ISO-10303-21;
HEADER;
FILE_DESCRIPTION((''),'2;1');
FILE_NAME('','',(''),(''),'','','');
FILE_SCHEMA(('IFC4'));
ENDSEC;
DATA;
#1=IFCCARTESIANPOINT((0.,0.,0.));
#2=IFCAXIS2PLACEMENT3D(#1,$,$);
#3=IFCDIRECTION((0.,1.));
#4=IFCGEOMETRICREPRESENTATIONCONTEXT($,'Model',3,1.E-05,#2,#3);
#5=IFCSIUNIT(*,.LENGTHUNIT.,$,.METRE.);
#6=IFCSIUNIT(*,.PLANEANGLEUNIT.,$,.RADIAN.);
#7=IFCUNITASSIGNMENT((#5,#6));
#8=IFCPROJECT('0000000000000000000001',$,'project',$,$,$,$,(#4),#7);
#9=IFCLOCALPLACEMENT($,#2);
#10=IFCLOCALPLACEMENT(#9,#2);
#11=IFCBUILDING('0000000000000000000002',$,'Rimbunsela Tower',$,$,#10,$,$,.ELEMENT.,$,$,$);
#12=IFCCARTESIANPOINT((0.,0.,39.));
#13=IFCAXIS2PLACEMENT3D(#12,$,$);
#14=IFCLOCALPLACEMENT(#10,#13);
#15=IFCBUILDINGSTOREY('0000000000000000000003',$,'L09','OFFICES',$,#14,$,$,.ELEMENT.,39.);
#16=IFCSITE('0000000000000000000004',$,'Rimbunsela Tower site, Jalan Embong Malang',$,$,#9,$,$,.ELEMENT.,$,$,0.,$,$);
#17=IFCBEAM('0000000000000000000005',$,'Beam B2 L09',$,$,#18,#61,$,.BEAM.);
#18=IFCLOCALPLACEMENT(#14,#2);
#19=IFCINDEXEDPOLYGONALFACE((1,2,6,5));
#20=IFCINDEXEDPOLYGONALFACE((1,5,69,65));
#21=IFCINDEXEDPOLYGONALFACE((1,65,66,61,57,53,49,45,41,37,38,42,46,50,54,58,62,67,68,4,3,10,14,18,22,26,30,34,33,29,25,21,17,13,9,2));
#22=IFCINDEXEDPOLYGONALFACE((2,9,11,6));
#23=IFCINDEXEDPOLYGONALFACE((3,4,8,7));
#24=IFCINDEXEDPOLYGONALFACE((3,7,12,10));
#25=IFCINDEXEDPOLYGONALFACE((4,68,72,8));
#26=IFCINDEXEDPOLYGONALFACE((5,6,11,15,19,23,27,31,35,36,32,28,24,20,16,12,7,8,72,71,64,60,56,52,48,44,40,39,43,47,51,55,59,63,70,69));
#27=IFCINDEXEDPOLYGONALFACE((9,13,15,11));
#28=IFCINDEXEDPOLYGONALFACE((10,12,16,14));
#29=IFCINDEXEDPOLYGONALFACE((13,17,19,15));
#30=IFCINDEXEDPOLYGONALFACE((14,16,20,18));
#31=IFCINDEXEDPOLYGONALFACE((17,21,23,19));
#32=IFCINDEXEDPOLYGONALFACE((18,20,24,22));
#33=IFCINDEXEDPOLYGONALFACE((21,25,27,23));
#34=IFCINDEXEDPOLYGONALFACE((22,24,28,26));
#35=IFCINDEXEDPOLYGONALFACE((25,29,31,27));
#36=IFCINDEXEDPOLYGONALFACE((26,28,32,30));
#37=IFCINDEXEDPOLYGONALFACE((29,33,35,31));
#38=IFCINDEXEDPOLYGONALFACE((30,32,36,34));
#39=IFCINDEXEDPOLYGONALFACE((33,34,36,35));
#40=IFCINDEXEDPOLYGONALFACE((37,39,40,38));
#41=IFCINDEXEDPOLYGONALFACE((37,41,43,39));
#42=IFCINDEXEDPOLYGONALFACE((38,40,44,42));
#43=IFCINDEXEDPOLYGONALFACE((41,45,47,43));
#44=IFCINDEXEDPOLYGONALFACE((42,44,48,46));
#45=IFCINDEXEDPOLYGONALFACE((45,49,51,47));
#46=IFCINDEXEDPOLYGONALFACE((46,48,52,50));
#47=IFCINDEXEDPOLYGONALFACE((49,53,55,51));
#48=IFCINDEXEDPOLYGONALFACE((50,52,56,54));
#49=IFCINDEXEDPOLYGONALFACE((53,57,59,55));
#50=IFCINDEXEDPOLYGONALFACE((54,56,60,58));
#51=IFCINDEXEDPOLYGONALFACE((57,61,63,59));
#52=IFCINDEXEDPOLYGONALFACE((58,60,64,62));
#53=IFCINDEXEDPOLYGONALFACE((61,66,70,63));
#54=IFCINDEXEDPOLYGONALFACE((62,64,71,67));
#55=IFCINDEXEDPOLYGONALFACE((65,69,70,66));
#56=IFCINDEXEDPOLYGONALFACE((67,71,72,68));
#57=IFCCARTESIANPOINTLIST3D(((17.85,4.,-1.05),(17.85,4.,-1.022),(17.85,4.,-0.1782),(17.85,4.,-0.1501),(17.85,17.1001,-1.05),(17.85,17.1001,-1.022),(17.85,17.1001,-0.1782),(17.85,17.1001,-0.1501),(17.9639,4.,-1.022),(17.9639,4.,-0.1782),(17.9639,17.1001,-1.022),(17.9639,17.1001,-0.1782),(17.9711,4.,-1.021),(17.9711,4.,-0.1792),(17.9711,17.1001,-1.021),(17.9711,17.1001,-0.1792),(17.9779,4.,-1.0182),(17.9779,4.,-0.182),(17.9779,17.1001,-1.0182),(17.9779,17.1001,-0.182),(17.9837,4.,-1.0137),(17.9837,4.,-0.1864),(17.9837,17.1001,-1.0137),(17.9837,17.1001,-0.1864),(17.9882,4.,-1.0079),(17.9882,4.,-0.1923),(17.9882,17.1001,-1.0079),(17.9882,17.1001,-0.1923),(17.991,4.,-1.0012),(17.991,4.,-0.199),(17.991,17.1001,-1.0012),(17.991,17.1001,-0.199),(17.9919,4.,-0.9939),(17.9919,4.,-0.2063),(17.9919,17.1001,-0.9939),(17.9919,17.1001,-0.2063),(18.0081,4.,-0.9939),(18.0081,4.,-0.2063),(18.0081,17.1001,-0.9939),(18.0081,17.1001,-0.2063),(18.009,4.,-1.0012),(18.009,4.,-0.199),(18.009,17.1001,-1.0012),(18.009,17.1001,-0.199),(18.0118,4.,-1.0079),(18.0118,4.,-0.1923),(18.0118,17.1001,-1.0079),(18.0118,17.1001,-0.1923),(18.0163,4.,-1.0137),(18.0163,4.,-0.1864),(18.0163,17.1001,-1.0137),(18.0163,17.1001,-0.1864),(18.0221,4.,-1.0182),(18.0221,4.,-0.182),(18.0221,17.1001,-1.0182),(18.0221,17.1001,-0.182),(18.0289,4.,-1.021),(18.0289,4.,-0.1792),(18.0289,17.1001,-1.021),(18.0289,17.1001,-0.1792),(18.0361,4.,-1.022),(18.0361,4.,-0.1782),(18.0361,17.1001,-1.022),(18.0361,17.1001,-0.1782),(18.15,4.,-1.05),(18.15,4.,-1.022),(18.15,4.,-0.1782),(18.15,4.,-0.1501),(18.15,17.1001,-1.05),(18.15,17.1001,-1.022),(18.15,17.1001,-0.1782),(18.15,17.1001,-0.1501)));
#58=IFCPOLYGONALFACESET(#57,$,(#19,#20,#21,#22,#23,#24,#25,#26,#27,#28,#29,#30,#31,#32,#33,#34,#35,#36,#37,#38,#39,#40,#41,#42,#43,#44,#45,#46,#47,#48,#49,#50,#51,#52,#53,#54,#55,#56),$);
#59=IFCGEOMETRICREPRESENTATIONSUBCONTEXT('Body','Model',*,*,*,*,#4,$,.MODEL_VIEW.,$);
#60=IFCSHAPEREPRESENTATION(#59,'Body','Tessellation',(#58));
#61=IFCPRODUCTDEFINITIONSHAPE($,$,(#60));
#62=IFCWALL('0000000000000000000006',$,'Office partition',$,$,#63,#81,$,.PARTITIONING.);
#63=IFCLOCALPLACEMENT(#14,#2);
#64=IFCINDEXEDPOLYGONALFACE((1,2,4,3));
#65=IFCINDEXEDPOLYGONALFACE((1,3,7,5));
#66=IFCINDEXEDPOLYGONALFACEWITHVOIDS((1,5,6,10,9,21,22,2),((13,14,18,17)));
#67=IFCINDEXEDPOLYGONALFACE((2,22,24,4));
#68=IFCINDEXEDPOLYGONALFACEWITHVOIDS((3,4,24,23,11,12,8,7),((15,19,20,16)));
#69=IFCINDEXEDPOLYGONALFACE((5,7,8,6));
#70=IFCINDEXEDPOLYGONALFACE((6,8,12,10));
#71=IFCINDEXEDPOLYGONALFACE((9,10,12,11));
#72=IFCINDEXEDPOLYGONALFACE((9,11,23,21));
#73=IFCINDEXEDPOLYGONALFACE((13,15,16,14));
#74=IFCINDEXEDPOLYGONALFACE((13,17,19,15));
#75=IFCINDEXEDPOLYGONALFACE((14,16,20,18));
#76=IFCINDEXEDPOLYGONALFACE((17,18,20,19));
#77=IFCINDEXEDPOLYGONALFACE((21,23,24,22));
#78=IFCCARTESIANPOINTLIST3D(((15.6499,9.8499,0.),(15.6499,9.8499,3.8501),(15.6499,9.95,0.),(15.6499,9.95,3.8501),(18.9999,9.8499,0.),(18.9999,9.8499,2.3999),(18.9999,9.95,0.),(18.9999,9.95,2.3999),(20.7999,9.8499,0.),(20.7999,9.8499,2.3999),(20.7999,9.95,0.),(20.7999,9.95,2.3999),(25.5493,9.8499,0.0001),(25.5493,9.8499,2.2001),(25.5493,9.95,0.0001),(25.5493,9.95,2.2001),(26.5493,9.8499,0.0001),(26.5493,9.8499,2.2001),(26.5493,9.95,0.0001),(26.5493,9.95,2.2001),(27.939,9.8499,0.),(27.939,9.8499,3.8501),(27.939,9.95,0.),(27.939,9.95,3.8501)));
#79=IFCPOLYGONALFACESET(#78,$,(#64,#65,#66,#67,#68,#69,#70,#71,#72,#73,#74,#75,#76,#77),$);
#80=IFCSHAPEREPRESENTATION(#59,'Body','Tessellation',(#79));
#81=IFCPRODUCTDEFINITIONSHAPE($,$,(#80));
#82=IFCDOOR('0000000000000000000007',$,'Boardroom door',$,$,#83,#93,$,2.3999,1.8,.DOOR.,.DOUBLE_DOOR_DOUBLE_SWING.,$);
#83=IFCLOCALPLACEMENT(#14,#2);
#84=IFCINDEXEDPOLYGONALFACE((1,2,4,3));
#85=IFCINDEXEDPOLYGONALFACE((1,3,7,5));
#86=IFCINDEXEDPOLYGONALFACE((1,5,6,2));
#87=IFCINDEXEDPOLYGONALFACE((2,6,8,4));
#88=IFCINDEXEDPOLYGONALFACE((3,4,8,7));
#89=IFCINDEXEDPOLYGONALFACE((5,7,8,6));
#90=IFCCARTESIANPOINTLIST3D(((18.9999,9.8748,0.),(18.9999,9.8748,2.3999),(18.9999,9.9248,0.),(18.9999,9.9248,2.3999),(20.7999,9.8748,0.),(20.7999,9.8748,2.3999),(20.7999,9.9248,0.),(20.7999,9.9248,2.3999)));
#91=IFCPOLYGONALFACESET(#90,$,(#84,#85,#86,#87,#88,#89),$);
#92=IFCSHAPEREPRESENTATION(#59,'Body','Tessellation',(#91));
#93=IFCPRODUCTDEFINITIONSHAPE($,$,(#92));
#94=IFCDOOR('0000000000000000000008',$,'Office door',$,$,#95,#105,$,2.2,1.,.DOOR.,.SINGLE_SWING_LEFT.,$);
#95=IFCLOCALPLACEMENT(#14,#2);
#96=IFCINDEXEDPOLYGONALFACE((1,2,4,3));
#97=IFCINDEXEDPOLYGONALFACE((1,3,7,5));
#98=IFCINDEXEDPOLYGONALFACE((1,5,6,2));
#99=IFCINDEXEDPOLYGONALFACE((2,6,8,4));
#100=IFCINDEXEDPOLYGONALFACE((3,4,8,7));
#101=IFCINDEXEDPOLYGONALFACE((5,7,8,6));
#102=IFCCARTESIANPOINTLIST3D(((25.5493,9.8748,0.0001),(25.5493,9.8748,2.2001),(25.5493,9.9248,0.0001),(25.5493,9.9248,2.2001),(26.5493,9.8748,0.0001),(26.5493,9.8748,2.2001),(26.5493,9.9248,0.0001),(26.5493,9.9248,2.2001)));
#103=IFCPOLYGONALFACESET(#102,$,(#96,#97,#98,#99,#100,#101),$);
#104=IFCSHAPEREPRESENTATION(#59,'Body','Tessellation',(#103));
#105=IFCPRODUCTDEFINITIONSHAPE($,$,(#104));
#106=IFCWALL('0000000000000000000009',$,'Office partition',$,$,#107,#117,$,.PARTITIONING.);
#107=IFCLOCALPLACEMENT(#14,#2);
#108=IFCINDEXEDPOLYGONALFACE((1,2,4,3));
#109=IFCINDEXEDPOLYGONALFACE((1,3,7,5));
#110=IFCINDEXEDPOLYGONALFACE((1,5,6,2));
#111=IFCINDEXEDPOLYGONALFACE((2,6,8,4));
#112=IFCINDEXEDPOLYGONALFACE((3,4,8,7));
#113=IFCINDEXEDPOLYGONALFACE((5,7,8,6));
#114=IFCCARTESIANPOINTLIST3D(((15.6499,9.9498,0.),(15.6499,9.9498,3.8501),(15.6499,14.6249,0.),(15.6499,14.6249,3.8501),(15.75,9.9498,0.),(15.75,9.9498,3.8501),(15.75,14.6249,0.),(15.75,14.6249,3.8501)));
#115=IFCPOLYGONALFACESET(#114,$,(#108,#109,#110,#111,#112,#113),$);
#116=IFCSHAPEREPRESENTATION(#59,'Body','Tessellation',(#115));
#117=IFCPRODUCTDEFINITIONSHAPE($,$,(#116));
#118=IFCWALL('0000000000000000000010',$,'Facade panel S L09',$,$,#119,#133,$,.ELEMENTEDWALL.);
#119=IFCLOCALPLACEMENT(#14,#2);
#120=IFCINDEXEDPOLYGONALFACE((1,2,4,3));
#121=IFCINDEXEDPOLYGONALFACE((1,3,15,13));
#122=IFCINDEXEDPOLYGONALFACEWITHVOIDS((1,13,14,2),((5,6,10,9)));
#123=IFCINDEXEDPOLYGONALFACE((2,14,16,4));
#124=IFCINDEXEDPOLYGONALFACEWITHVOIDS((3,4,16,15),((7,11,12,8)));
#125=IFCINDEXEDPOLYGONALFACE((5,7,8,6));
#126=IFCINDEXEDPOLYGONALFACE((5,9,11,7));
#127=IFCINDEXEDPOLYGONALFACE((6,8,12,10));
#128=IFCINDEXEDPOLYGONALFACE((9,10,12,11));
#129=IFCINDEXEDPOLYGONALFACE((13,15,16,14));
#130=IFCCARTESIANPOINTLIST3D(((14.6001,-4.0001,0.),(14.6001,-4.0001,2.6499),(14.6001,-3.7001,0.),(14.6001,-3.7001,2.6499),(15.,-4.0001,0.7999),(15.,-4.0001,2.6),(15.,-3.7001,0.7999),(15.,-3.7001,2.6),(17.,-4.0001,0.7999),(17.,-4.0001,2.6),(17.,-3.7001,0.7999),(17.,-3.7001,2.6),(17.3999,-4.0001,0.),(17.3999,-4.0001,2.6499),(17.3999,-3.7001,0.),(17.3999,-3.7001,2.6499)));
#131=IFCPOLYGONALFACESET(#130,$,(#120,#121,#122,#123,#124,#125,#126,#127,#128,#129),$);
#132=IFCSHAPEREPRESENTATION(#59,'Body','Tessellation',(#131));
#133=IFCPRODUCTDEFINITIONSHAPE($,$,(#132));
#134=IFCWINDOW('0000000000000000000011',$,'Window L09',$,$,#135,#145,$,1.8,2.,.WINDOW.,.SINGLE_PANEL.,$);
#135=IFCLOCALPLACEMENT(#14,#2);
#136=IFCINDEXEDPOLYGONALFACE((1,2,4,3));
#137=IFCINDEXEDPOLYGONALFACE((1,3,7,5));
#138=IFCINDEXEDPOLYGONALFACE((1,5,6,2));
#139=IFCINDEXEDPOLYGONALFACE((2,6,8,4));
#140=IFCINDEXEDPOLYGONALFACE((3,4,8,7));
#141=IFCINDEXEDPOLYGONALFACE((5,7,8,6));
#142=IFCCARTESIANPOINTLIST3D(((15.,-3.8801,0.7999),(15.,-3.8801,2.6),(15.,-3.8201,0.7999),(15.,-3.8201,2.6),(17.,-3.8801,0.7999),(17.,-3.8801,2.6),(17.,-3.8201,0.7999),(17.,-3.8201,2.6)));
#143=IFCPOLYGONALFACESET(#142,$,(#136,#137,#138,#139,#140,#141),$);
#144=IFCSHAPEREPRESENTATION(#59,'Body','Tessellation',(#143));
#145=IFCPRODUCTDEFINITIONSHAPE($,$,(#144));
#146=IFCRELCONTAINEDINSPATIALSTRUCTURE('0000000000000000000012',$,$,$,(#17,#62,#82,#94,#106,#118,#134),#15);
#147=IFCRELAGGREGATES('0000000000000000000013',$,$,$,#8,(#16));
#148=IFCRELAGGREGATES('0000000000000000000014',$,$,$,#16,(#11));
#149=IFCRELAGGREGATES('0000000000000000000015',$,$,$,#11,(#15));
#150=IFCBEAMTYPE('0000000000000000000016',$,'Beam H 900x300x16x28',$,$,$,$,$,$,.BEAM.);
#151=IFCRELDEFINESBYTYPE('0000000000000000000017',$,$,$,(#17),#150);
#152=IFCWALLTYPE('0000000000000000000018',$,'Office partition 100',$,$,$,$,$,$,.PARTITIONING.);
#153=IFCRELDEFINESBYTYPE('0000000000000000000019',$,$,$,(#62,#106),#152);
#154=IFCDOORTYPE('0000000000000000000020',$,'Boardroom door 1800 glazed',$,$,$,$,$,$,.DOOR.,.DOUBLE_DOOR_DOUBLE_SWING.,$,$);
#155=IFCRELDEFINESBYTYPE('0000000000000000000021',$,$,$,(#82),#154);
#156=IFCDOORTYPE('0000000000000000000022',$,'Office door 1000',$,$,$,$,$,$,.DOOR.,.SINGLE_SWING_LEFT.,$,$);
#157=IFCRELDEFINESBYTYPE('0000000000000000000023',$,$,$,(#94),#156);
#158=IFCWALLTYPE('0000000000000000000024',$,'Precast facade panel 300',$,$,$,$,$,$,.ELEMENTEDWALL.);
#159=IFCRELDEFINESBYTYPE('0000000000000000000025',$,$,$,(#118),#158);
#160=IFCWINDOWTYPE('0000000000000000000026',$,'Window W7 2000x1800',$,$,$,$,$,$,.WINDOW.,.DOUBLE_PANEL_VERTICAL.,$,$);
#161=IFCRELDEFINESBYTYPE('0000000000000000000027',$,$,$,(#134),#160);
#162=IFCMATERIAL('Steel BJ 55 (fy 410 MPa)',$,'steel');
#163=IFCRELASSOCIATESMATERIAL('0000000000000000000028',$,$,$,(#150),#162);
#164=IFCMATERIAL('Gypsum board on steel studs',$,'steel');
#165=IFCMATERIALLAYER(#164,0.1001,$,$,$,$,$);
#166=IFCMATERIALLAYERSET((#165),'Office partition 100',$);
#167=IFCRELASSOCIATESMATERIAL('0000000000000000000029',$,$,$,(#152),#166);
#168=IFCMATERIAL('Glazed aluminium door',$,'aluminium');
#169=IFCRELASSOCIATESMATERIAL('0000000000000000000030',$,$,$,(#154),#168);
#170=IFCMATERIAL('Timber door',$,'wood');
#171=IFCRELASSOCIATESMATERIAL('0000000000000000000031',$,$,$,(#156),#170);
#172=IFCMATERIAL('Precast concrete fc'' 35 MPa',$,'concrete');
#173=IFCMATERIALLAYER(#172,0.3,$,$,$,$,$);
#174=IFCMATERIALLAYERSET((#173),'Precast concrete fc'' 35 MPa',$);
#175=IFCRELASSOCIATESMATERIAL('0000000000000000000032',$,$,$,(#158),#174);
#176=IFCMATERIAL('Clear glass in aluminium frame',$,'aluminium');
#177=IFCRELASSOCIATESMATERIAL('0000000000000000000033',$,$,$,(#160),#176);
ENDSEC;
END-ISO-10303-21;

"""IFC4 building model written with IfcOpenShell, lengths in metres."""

from ifc_helpers import new_model, si_unit, direction, frame, frame_2d, origin, origin_2d, place, context, subcontext, project, spatial, rectangle, i_section, extrude, material, layer, layer_set, material_profile, profile_set, type_object, element, fill, save


model = new_model("IFC4")

# Units and contexts
model_context = context("Model", 3, precision=1e-05, world=origin(), true_north=direction((0.0, 1.0)))
body_context = subcontext(model_context, "Body", "Model", "MODEL_VIEW")
ifc_project = project(units=[si_unit("LENGTHUNIT", "METRE"), si_unit("PLANEANGLEUNIT", "RADIAN")], contexts=[model_context])

# Site, building, storey
site_placement = place(None, origin())
site = spatial("IfcSite", under=ifc_project, at=site_placement, Name="Rimbunsela Tower site, Jalan Embong Malang", CompositionType="ELEMENT", RefElevation=0.0)
building_placement = place(site_placement, origin())
building = spatial("IfcBuilding", under=site, at=building_placement, Name="Rimbunsela Tower", CompositionType="ELEMENT")
storey_placement = place(building_placement, frame((0.0, 0.0, 39.0)))
storey = spatial("IfcBuildingStorey", under=building, at=storey_placement, Name="L09", Description="OFFICES", CompositionType="ELEMENT", Elevation=39.0)

# Beam
ifc_material_1 = material(Name="Steel BJ 55 (fy 410 MPa)", Category="steel")
ifc_material_profile_1 = material_profile(ifc_material_1, i_section(OverallWidth=0.3, OverallDepth=0.8999, WebThickness=0.0161, FlangeThickness=0.0281, FilletRadius=0.0281, at=origin_2d()), Name="H 900x300x16x28")
ifc_profile_set_1 = profile_set([ifc_material_profile_1], Name="Steel BJ 55 (fy 410 MPa)")
beam_type_1 = type_object("IfcBeamType", Name="Beam H 900x300x16x28", PredefinedType="BEAM", material=ifc_profile_set_1)
beam_1_placement = place(storey_placement, frame((18.0, 4.0, -0.6001), z_axis=(0.0, 1.0, 0.0), x_axis=(-1.0, 0.0, 0.0)))
element("IfcBeam", 1, at=beam_1_placement, inside=storey, type_object=beam_type_1, Name="Beam B2 L09", PredefinedType="BEAM", context=body_context, shape_type="SweptSolid", body=[
    extrude(i_section(OverallWidth=0.3, OverallDepth=0.8999, WebThickness=0.0161, FlangeThickness=0.0281, FilletRadius=0.0281, at=origin_2d()), origin(), (0.0, 0.0, 1.0), 13.1001),
])

# Wall, openings, doors
ifc_material_2 = material(Name="Gypsum board on steel studs", Category="steel")
ifc_layer_1 = layer(ifc_material_2, 0.1001)
ifc_layer_set_1 = layer_set([ifc_layer_1], Name="Office partition 100")
wall_type_1 = type_object("IfcWallType", Name="Office partition 100", PredefinedType="PARTITIONING", material=ifc_layer_set_1)
wall_1_placement = place(storey_placement, frame((15.6499, 9.8999, 0.0), z_axis=(0.0, 0.0, 1.0), x_axis=(1.0, 0.0, 0.0)))
wall_1 = element("IfcWall", 2, at=wall_1_placement, inside=storey, type_object=wall_type_1, Name="Office partition", PredefinedType="PARTITIONING", context=body_context, shape_type="SweptSolid", body=[
    extrude(rectangle(XDim=12.2891, YDim=0.1001, at=frame_2d((6.1445, 0.0))), origin(), (0.0, 0.0, 1.0), 3.8501),
])
opening_1_placement = place(wall_1_placement, frame((3.3501, 0.0, 0.0)))
opening_1 = element("IfcOpeningElement", 3, at=opening_1_placement, cuts=wall_1, PredefinedType="OPENING", context=body_context, shape_type="SweptSolid", body=[
    extrude(rectangle(XDim=1.8, YDim=2.3999, at=frame_2d((0.8999, 1.2))), frame((0.0, 0.0601, 0.0), z_axis=(0.0, -1.0, 0.0), x_axis=(1.0, 0.0, 0.0)), (0.0, 0.0, 1.0), 0.1201),
])
opening_2_placement = place(wall_1_placement, frame((9.8994, 0.0, 0.0)))
opening_2 = element("IfcOpeningElement", 4, at=opening_2_placement, cuts=wall_1, PredefinedType="OPENING", context=body_context, shape_type="SweptSolid", body=[
    extrude(rectangle(XDim=1.0, YDim=2.2, at=frame_2d((0.5, 1.1001))), frame((0.0, 0.0601, 0.0), z_axis=(0.0, -1.0, 0.0), x_axis=(1.0, 0.0, 0.0)), (0.0, 0.0, 1.0), 0.1201),
])
ifc_material_3 = material(Name="Glazed aluminium door", Category="aluminium")
door_type_1 = type_object("IfcDoorType", Name="Boardroom door 1800 glazed", OperationType="DOUBLE_DOOR_DOUBLE_SWING", PredefinedType="DOOR", material=ifc_material_3)
door_1_placement = place(opening_1_placement, origin())
door_1 = element("IfcDoor", 5, at=door_1_placement, inside=storey, type_object=door_type_1, Name="Boardroom door", OperationType="DOUBLE_DOOR_DOUBLE_SWING", OverallHeight=2.3999, OverallWidth=1.8, PredefinedType="DOOR", context=body_context, shape_type="SweptSolid", body=[
    extrude(rectangle(XDim=1.8, YDim=2.3999, at=frame_2d((0.8999, 1.2))), frame((0.0, 0.0249, 0.0), z_axis=(0.0, -1.0, 0.0), x_axis=(1.0, 0.0, 0.0)), (0.0, 0.0, 1.0), 0.05),
])
fill(opening_1, door_1)
ifc_material_4 = material(Name="Timber door", Category="wood")
door_type_2 = type_object("IfcDoorType", Name="Office door 1000", OperationType="SINGLE_SWING_LEFT", PredefinedType="DOOR", material=ifc_material_4)
door_2_placement = place(opening_2_placement, origin())
door_2 = element("IfcDoor", 6, at=door_2_placement, inside=storey, type_object=door_type_2, Name="Office door", OperationType="SINGLE_SWING_LEFT", OverallHeight=2.2, OverallWidth=1.0, PredefinedType="DOOR", context=body_context, shape_type="SweptSolid", body=[
    extrude(rectangle(XDim=1.0, YDim=2.2, at=frame_2d((0.5, 1.1001))), frame((0.0, 0.0249, 0.0), z_axis=(0.0, -1.0, 0.0), x_axis=(1.0, 0.0, 0.0)), (0.0, 0.0, 1.0), 0.05),
])
fill(opening_2, door_2)

# Wall
wall_2_placement = place(storey_placement, frame((15.7, 9.95, 0.0), z_axis=(0.0, 0.0, 1.0), x_axis=(0.0, 1.0, 0.0)))
element("IfcWall", 7, at=wall_2_placement, inside=storey, type_object=wall_type_1, Name="Office partition", PredefinedType="PARTITIONING", context=body_context, shape_type="SweptSolid", body=[
    extrude(rectangle(XDim=4.675, YDim=0.1001, at=frame_2d((2.3374, 0.0))), origin(), (0.0, 0.0, 1.0), 3.8501),
])

# Wall, opening, window
ifc_material_5 = material(Name="Precast concrete fc' 35 MPa", Category="concrete")
ifc_layer_2 = layer(ifc_material_5, 0.3)
ifc_layer_set_2 = layer_set([ifc_layer_2], Name="Precast concrete fc' 35 MPa")
wall_type_2 = type_object("IfcWallType", Name="Precast facade panel 300", PredefinedType="ELEMENTEDWALL", material=ifc_layer_set_2)
wall_3_placement = place(storey_placement, frame((14.6001, -3.8501, 0.0), z_axis=(0.0, 0.0, 1.0), x_axis=(1.0, 0.0, 0.0)))
wall_3 = element("IfcWall", 8, at=wall_3_placement, inside=storey, type_object=wall_type_2, Name="Facade panel S L09", PredefinedType="ELEMENTEDWALL", context=body_context, shape_type="SweptSolid", body=[
    extrude(rectangle(XDim=2.7998, YDim=0.3, at=frame_2d((1.3999, 0.0))), origin(), (0.0, 0.0, 1.0), 2.6499),
])
opening_3_placement = place(wall_3_placement, frame((0.3999, 0.0, 0.8)))
opening_3 = element("IfcOpeningElement", 9, at=opening_3_placement, cuts=wall_3, PredefinedType="OPENING", context=body_context, shape_type="SweptSolid", body=[
    extrude(rectangle(XDim=2.0, YDim=1.8, at=frame_2d((1.0, 0.8999))), frame((0.0, 0.1599, 0.0), z_axis=(0.0, -1.0, 0.0), x_axis=(1.0, 0.0, 0.0)), (0.0, 0.0, 1.0), 0.3201),
])
ifc_material_6 = material(Name="Clear glass in aluminium frame", Category="aluminium")
window_type = type_object("IfcWindowType", Name="Window W7 2000x1800", PartitioningType="DOUBLE_PANEL_VERTICAL", PredefinedType="WINDOW", material=ifc_material_6)
window_1_placement = place(opening_3_placement, origin())
window_1 = element("IfcWindow", 10, at=window_1_placement, inside=storey, type_object=window_type, Name="Window L09", OverallHeight=1.8, OverallWidth=2.0, PartitioningType="SINGLE_PANEL", PredefinedType="WINDOW", context=body_context, shape_type="SweptSolid", body=[
    extrude(rectangle(XDim=2.0, YDim=1.8, at=frame_2d((1.0, 0.8999))), frame((0.0, 0.03, 0.0), z_axis=(0.0, -1.0, 0.0), x_axis=(1.0, 0.0, 0.0)), (0.0, 0.0, 1.0), 0.0601),
])
fill(opening_3, window_1)

save(model, "model.ifc")
